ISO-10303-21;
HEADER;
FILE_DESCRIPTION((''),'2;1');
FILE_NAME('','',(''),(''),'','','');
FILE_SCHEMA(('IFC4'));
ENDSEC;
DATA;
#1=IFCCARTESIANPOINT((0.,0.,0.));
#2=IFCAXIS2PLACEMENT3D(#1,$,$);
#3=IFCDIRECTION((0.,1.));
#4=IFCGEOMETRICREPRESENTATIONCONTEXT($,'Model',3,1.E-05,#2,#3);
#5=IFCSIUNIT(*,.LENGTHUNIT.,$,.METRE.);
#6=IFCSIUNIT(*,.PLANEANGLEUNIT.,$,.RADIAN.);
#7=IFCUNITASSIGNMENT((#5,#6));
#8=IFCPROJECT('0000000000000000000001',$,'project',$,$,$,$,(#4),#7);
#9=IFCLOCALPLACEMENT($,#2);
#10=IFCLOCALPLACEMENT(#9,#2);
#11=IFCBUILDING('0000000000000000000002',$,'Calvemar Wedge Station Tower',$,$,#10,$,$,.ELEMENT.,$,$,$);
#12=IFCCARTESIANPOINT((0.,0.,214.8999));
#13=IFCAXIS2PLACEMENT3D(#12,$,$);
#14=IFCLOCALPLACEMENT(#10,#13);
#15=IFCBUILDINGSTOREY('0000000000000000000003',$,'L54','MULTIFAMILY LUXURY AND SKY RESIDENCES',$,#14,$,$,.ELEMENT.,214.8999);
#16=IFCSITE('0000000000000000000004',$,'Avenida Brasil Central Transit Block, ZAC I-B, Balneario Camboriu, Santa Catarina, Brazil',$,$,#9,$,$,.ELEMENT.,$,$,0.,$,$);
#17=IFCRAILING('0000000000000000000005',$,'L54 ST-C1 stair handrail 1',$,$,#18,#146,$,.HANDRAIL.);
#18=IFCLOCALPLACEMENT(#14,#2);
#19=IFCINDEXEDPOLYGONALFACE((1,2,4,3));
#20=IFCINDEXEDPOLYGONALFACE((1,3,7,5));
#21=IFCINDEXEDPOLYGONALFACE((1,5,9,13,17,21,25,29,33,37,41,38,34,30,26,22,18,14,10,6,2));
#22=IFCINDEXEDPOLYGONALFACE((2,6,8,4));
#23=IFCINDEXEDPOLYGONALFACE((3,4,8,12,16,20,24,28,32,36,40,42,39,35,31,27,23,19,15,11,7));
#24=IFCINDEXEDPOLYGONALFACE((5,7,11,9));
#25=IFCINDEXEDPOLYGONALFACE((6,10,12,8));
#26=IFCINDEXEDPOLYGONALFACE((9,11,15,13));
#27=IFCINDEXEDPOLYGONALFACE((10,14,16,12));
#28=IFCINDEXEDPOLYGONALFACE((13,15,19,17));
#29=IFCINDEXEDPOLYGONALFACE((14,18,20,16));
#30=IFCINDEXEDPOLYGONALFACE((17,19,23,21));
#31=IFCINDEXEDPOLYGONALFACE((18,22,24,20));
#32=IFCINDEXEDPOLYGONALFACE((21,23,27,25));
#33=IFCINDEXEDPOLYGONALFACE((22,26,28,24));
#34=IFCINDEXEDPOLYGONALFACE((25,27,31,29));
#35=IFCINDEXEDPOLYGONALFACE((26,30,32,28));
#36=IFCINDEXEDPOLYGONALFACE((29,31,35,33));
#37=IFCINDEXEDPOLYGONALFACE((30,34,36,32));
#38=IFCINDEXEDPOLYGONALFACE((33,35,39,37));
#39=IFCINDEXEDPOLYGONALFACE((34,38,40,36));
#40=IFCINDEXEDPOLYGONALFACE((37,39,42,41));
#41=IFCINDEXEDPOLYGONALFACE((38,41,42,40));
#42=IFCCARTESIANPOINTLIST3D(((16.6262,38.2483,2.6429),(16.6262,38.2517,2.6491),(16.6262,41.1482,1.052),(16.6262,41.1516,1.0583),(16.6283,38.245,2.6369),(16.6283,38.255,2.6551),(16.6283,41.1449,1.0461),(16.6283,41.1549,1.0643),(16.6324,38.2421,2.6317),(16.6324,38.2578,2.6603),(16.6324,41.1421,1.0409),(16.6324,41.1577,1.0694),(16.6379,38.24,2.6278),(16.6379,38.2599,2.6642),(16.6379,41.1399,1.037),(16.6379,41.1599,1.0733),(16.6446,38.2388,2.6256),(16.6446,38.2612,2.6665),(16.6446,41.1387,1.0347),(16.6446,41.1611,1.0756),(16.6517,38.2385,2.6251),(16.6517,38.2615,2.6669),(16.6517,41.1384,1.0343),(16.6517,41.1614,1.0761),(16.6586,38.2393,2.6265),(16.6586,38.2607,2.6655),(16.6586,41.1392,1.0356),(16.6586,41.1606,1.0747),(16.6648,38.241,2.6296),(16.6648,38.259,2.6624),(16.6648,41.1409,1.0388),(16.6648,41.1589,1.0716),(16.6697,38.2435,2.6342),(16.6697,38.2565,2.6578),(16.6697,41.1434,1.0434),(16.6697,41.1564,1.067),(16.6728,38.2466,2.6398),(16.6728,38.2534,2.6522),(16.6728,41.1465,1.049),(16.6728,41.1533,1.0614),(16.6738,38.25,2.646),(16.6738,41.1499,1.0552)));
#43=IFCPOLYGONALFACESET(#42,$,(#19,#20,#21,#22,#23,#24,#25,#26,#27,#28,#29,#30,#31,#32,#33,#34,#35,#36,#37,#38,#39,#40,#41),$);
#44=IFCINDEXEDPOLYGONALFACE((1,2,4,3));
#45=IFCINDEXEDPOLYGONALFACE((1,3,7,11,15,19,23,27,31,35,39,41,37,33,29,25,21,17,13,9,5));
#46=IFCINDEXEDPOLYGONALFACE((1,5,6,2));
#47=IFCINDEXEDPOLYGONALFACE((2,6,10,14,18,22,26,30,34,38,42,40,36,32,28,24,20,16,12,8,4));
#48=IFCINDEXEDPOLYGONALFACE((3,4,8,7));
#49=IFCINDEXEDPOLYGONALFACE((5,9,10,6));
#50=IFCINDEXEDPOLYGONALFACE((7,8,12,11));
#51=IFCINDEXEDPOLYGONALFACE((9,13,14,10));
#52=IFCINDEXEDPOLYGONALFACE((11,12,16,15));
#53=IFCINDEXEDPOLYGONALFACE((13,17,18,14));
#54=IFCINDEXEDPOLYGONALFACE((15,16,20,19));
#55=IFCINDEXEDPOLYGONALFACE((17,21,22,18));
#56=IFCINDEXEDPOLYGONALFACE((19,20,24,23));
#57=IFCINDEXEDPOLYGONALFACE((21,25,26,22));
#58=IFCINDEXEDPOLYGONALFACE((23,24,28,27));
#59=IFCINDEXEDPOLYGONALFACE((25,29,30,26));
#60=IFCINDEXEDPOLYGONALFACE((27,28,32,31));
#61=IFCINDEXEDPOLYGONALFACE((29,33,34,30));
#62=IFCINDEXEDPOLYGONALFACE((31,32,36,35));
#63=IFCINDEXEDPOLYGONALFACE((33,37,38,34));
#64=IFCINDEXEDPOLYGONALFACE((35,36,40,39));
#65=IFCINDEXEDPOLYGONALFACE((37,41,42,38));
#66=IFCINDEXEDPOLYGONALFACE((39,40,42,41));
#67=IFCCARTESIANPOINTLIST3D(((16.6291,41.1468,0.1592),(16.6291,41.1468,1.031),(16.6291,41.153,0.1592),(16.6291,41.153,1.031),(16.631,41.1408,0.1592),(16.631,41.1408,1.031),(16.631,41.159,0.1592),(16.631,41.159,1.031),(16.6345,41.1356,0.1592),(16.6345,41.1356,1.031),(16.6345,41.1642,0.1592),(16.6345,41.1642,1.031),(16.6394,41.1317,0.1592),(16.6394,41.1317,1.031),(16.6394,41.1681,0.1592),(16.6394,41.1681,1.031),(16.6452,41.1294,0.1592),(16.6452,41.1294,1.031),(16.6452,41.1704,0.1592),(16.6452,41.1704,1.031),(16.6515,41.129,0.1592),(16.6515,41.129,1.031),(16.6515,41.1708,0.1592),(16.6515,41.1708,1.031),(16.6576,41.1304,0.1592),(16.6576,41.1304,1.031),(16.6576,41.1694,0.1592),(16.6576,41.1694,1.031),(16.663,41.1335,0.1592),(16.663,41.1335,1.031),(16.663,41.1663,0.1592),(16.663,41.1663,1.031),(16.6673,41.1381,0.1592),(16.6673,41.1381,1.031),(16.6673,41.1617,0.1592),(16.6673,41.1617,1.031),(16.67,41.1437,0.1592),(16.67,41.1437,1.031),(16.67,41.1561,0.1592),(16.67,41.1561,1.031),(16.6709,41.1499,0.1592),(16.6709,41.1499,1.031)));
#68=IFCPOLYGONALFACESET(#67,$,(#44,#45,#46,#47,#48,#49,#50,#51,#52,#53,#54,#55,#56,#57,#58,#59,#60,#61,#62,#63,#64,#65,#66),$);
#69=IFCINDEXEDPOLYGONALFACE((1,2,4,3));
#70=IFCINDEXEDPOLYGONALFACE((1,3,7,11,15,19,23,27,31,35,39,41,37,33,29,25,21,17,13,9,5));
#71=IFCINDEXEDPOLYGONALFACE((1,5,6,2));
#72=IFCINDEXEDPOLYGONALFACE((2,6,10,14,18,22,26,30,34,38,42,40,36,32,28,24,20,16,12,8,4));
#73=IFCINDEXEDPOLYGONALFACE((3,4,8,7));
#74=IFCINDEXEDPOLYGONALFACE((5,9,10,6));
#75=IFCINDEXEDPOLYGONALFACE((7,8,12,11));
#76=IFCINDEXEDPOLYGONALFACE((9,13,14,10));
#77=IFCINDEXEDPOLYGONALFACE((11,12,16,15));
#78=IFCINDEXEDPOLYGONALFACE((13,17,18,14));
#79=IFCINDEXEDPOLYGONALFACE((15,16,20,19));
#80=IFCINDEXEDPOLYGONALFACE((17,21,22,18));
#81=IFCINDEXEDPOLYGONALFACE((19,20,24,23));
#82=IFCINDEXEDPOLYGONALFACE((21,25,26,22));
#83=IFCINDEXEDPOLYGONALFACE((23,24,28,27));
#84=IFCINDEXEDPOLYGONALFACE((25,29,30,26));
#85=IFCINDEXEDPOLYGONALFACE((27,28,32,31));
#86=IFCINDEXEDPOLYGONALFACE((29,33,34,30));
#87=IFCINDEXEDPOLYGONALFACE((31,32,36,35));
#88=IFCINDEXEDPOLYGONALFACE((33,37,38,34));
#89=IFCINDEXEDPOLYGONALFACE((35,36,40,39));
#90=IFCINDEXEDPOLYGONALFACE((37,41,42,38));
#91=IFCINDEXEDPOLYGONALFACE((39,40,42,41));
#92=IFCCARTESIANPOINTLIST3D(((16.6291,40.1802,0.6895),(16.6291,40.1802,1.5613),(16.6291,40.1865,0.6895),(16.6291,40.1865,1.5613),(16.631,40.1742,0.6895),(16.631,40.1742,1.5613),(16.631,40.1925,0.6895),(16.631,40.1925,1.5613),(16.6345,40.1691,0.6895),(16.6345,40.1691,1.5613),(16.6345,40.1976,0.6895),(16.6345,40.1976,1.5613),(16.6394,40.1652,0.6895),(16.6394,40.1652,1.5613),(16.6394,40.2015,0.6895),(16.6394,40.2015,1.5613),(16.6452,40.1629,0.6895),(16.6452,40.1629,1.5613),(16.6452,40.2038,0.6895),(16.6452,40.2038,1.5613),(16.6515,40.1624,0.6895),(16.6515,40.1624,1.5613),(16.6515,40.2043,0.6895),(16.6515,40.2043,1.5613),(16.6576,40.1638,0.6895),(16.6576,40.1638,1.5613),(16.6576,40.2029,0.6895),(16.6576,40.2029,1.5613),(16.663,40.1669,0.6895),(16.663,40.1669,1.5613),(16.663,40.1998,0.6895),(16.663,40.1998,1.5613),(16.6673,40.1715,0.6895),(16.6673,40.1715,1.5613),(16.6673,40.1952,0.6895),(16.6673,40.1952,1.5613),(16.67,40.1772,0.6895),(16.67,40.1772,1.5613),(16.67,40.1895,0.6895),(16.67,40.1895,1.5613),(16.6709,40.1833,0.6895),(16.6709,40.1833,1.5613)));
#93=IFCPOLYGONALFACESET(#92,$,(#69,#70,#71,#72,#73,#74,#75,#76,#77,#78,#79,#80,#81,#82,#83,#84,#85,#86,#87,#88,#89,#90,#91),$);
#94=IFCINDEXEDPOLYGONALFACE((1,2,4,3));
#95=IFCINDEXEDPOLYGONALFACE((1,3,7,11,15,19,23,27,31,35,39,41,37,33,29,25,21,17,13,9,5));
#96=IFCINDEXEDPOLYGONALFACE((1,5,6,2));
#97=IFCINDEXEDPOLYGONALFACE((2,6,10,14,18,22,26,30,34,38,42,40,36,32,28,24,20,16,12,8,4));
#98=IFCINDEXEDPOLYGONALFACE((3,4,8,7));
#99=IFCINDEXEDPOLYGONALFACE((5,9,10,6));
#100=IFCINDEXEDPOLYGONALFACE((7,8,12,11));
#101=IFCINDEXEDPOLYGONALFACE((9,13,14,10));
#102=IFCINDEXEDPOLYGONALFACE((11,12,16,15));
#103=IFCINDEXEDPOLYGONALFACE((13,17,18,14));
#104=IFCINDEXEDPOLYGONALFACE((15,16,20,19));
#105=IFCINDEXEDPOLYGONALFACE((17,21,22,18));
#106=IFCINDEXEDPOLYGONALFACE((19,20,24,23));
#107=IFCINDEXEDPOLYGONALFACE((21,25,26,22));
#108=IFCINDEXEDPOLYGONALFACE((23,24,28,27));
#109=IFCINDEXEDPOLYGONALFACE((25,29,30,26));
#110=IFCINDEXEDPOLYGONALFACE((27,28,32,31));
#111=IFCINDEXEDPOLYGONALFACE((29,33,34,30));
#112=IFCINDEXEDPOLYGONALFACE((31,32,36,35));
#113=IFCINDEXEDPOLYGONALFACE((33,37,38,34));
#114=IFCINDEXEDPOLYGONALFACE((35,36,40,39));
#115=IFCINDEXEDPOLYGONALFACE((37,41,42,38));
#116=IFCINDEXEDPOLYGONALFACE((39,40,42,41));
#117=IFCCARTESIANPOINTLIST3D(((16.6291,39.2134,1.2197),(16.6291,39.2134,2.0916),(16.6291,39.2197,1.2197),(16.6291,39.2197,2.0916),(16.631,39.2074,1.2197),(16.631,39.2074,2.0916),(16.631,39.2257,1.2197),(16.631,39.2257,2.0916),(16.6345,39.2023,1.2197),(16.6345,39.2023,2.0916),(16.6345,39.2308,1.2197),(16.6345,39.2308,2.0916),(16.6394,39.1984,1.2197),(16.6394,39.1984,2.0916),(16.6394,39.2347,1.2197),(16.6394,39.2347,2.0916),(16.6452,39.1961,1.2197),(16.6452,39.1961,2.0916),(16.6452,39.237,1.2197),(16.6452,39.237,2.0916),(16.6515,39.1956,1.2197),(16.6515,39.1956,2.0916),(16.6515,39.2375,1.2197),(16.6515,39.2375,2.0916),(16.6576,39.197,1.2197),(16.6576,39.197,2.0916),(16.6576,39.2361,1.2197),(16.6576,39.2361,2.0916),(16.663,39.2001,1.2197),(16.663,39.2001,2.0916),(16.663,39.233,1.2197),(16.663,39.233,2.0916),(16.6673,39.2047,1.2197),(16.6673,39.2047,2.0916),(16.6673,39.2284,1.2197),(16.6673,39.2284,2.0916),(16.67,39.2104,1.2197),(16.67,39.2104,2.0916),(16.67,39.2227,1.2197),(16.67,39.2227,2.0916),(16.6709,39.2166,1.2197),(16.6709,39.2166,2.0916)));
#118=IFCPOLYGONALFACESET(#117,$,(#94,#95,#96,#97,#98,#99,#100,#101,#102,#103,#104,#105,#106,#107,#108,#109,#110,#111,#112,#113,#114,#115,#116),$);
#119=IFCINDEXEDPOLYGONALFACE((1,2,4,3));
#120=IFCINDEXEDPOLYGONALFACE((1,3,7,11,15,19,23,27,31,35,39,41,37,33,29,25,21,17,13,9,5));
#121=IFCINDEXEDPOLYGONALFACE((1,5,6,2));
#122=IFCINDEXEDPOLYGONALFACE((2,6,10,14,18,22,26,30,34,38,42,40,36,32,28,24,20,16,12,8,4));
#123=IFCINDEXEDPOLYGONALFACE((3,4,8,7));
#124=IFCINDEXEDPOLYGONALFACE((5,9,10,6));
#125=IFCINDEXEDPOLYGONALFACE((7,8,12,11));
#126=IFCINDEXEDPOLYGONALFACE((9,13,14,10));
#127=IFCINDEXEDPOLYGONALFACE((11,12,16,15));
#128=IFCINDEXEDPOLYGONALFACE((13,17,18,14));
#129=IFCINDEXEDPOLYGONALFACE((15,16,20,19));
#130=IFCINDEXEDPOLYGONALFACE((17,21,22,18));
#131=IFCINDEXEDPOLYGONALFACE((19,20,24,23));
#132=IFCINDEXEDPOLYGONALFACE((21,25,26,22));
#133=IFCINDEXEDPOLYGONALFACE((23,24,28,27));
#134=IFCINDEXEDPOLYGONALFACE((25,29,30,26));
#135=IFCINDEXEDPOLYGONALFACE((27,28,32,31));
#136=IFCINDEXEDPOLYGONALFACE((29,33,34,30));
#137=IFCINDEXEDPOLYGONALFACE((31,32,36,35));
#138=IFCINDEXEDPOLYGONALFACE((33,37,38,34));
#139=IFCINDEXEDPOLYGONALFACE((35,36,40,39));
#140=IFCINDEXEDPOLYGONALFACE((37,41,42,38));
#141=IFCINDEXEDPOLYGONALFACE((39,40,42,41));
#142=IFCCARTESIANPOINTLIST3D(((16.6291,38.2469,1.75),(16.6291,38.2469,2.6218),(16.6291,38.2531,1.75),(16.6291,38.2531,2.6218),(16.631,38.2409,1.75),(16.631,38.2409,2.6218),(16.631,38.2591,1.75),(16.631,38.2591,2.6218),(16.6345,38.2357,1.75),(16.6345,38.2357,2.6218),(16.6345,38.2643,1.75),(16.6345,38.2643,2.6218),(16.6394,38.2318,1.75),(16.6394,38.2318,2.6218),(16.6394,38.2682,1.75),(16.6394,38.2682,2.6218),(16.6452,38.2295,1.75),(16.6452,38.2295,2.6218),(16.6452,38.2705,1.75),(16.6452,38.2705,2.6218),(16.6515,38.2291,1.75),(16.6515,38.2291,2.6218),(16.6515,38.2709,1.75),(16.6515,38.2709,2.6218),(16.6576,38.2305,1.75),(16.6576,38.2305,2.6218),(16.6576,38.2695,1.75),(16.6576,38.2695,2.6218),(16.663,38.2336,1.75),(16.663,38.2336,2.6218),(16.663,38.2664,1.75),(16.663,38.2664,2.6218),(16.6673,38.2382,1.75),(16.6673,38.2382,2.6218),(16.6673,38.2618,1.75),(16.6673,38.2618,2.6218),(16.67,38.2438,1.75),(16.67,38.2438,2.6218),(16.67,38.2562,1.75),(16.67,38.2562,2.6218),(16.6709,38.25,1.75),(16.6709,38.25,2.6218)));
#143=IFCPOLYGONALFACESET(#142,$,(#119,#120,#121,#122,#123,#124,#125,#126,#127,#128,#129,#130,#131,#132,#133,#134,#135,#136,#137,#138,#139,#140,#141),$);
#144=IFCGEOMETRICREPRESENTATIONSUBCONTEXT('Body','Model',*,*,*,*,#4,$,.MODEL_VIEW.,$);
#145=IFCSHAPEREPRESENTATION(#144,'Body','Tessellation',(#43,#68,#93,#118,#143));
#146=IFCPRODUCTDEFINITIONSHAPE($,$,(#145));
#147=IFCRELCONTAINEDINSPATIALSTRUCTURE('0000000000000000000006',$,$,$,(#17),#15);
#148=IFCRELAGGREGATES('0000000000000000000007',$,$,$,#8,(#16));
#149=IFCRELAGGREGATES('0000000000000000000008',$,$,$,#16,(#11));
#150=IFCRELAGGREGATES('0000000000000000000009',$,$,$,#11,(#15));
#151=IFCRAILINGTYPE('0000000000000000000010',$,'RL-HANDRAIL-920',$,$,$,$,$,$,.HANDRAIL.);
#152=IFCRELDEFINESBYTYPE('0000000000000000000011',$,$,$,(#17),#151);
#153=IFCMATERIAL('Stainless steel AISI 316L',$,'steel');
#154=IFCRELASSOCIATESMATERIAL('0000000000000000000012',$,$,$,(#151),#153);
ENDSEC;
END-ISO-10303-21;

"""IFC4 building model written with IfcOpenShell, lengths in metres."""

from ifc_helpers import new_model, si_unit, direction, frame, origin, origin_2d, place, context, subcontext, project, spatial, circle, extrude, material, type_object, element, save


model = new_model("IFC4")

# Units and contexts
model_context = context("Model", 3, precision=1e-05, world=origin(), true_north=direction((0.0, 1.0)))
body_context = subcontext(model_context, "Body", "Model", "MODEL_VIEW")
ifc_project = project(units=[si_unit("LENGTHUNIT", "METRE"), si_unit("PLANEANGLEUNIT", "RADIAN")], contexts=[model_context])

# Site, building, storey
site_placement = place(None, origin())
site = spatial("IfcSite", under=ifc_project, at=site_placement, Name="Avenida Brasil Central Transit Block, ZAC I-B, Balneario Camboriu, Santa Catarina, Brazil", CompositionType="ELEMENT", RefElevation=0.0)
building_placement = place(site_placement, origin())
building = spatial("IfcBuilding", under=site, at=building_placement, Name="Calvemar Wedge Station Tower", CompositionType="ELEMENT")
storey_placement = place(building_placement, frame((0.0, 0.0, 214.8999)))
storey = spatial("IfcBuildingStorey", under=building, at=storey_placement, Name="L54", Description="MULTIFAMILY LUXURY AND SKY RESIDENCES", CompositionType="ELEMENT", Elevation=214.8999)

# Railing
ifc_material_1 = material(Name="Stainless steel AISI 316L", Category="steel")
railing_type_1 = type_object("IfcRailingType", Name="RL-HANDRAIL-920", PredefinedType="HANDRAIL", material=ifc_material_1)
railing_1_placement = place(storey_placement, frame((16.6499, 41.1499, 0.1592)))
element("IfcRailing", 1, at=railing_1_placement, inside=storey, type_object=railing_type_1, Name="L54 ST-C1 stair handrail 1", PredefinedType="HANDRAIL", context=body_context, shape_type="SweptSolid", body=[
    extrude(circle(Radius=0.0239, at=origin_2d()), frame((0.0, 0.0, 0.896), z_axis=(0.0, -0.876742, 0.480961), x_axis=(1.0, 0.0, 0.0)), (0.0, 0.0, 1.0), 3.3076),
    extrude(circle(Radius=0.021, at=origin_2d()), origin(), (0.0, 0.0, 1.0), 0.8718),
    extrude(circle(Radius=0.021, at=origin_2d()), frame((0.0, -0.9666, 0.5303)), (0.0, 0.0, 1.0), 0.8718),
    extrude(circle(Radius=0.021, at=origin_2d()), frame((0.0, -1.9333, 1.0605)), (0.0, 0.0, 1.0), 0.8718),
    extrude(circle(Radius=0.021, at=origin_2d()), frame((0.0, -2.8999, 1.5908)), (0.0, 0.0, 1.0), 0.8718),
])

save(model, "model.ifc")
